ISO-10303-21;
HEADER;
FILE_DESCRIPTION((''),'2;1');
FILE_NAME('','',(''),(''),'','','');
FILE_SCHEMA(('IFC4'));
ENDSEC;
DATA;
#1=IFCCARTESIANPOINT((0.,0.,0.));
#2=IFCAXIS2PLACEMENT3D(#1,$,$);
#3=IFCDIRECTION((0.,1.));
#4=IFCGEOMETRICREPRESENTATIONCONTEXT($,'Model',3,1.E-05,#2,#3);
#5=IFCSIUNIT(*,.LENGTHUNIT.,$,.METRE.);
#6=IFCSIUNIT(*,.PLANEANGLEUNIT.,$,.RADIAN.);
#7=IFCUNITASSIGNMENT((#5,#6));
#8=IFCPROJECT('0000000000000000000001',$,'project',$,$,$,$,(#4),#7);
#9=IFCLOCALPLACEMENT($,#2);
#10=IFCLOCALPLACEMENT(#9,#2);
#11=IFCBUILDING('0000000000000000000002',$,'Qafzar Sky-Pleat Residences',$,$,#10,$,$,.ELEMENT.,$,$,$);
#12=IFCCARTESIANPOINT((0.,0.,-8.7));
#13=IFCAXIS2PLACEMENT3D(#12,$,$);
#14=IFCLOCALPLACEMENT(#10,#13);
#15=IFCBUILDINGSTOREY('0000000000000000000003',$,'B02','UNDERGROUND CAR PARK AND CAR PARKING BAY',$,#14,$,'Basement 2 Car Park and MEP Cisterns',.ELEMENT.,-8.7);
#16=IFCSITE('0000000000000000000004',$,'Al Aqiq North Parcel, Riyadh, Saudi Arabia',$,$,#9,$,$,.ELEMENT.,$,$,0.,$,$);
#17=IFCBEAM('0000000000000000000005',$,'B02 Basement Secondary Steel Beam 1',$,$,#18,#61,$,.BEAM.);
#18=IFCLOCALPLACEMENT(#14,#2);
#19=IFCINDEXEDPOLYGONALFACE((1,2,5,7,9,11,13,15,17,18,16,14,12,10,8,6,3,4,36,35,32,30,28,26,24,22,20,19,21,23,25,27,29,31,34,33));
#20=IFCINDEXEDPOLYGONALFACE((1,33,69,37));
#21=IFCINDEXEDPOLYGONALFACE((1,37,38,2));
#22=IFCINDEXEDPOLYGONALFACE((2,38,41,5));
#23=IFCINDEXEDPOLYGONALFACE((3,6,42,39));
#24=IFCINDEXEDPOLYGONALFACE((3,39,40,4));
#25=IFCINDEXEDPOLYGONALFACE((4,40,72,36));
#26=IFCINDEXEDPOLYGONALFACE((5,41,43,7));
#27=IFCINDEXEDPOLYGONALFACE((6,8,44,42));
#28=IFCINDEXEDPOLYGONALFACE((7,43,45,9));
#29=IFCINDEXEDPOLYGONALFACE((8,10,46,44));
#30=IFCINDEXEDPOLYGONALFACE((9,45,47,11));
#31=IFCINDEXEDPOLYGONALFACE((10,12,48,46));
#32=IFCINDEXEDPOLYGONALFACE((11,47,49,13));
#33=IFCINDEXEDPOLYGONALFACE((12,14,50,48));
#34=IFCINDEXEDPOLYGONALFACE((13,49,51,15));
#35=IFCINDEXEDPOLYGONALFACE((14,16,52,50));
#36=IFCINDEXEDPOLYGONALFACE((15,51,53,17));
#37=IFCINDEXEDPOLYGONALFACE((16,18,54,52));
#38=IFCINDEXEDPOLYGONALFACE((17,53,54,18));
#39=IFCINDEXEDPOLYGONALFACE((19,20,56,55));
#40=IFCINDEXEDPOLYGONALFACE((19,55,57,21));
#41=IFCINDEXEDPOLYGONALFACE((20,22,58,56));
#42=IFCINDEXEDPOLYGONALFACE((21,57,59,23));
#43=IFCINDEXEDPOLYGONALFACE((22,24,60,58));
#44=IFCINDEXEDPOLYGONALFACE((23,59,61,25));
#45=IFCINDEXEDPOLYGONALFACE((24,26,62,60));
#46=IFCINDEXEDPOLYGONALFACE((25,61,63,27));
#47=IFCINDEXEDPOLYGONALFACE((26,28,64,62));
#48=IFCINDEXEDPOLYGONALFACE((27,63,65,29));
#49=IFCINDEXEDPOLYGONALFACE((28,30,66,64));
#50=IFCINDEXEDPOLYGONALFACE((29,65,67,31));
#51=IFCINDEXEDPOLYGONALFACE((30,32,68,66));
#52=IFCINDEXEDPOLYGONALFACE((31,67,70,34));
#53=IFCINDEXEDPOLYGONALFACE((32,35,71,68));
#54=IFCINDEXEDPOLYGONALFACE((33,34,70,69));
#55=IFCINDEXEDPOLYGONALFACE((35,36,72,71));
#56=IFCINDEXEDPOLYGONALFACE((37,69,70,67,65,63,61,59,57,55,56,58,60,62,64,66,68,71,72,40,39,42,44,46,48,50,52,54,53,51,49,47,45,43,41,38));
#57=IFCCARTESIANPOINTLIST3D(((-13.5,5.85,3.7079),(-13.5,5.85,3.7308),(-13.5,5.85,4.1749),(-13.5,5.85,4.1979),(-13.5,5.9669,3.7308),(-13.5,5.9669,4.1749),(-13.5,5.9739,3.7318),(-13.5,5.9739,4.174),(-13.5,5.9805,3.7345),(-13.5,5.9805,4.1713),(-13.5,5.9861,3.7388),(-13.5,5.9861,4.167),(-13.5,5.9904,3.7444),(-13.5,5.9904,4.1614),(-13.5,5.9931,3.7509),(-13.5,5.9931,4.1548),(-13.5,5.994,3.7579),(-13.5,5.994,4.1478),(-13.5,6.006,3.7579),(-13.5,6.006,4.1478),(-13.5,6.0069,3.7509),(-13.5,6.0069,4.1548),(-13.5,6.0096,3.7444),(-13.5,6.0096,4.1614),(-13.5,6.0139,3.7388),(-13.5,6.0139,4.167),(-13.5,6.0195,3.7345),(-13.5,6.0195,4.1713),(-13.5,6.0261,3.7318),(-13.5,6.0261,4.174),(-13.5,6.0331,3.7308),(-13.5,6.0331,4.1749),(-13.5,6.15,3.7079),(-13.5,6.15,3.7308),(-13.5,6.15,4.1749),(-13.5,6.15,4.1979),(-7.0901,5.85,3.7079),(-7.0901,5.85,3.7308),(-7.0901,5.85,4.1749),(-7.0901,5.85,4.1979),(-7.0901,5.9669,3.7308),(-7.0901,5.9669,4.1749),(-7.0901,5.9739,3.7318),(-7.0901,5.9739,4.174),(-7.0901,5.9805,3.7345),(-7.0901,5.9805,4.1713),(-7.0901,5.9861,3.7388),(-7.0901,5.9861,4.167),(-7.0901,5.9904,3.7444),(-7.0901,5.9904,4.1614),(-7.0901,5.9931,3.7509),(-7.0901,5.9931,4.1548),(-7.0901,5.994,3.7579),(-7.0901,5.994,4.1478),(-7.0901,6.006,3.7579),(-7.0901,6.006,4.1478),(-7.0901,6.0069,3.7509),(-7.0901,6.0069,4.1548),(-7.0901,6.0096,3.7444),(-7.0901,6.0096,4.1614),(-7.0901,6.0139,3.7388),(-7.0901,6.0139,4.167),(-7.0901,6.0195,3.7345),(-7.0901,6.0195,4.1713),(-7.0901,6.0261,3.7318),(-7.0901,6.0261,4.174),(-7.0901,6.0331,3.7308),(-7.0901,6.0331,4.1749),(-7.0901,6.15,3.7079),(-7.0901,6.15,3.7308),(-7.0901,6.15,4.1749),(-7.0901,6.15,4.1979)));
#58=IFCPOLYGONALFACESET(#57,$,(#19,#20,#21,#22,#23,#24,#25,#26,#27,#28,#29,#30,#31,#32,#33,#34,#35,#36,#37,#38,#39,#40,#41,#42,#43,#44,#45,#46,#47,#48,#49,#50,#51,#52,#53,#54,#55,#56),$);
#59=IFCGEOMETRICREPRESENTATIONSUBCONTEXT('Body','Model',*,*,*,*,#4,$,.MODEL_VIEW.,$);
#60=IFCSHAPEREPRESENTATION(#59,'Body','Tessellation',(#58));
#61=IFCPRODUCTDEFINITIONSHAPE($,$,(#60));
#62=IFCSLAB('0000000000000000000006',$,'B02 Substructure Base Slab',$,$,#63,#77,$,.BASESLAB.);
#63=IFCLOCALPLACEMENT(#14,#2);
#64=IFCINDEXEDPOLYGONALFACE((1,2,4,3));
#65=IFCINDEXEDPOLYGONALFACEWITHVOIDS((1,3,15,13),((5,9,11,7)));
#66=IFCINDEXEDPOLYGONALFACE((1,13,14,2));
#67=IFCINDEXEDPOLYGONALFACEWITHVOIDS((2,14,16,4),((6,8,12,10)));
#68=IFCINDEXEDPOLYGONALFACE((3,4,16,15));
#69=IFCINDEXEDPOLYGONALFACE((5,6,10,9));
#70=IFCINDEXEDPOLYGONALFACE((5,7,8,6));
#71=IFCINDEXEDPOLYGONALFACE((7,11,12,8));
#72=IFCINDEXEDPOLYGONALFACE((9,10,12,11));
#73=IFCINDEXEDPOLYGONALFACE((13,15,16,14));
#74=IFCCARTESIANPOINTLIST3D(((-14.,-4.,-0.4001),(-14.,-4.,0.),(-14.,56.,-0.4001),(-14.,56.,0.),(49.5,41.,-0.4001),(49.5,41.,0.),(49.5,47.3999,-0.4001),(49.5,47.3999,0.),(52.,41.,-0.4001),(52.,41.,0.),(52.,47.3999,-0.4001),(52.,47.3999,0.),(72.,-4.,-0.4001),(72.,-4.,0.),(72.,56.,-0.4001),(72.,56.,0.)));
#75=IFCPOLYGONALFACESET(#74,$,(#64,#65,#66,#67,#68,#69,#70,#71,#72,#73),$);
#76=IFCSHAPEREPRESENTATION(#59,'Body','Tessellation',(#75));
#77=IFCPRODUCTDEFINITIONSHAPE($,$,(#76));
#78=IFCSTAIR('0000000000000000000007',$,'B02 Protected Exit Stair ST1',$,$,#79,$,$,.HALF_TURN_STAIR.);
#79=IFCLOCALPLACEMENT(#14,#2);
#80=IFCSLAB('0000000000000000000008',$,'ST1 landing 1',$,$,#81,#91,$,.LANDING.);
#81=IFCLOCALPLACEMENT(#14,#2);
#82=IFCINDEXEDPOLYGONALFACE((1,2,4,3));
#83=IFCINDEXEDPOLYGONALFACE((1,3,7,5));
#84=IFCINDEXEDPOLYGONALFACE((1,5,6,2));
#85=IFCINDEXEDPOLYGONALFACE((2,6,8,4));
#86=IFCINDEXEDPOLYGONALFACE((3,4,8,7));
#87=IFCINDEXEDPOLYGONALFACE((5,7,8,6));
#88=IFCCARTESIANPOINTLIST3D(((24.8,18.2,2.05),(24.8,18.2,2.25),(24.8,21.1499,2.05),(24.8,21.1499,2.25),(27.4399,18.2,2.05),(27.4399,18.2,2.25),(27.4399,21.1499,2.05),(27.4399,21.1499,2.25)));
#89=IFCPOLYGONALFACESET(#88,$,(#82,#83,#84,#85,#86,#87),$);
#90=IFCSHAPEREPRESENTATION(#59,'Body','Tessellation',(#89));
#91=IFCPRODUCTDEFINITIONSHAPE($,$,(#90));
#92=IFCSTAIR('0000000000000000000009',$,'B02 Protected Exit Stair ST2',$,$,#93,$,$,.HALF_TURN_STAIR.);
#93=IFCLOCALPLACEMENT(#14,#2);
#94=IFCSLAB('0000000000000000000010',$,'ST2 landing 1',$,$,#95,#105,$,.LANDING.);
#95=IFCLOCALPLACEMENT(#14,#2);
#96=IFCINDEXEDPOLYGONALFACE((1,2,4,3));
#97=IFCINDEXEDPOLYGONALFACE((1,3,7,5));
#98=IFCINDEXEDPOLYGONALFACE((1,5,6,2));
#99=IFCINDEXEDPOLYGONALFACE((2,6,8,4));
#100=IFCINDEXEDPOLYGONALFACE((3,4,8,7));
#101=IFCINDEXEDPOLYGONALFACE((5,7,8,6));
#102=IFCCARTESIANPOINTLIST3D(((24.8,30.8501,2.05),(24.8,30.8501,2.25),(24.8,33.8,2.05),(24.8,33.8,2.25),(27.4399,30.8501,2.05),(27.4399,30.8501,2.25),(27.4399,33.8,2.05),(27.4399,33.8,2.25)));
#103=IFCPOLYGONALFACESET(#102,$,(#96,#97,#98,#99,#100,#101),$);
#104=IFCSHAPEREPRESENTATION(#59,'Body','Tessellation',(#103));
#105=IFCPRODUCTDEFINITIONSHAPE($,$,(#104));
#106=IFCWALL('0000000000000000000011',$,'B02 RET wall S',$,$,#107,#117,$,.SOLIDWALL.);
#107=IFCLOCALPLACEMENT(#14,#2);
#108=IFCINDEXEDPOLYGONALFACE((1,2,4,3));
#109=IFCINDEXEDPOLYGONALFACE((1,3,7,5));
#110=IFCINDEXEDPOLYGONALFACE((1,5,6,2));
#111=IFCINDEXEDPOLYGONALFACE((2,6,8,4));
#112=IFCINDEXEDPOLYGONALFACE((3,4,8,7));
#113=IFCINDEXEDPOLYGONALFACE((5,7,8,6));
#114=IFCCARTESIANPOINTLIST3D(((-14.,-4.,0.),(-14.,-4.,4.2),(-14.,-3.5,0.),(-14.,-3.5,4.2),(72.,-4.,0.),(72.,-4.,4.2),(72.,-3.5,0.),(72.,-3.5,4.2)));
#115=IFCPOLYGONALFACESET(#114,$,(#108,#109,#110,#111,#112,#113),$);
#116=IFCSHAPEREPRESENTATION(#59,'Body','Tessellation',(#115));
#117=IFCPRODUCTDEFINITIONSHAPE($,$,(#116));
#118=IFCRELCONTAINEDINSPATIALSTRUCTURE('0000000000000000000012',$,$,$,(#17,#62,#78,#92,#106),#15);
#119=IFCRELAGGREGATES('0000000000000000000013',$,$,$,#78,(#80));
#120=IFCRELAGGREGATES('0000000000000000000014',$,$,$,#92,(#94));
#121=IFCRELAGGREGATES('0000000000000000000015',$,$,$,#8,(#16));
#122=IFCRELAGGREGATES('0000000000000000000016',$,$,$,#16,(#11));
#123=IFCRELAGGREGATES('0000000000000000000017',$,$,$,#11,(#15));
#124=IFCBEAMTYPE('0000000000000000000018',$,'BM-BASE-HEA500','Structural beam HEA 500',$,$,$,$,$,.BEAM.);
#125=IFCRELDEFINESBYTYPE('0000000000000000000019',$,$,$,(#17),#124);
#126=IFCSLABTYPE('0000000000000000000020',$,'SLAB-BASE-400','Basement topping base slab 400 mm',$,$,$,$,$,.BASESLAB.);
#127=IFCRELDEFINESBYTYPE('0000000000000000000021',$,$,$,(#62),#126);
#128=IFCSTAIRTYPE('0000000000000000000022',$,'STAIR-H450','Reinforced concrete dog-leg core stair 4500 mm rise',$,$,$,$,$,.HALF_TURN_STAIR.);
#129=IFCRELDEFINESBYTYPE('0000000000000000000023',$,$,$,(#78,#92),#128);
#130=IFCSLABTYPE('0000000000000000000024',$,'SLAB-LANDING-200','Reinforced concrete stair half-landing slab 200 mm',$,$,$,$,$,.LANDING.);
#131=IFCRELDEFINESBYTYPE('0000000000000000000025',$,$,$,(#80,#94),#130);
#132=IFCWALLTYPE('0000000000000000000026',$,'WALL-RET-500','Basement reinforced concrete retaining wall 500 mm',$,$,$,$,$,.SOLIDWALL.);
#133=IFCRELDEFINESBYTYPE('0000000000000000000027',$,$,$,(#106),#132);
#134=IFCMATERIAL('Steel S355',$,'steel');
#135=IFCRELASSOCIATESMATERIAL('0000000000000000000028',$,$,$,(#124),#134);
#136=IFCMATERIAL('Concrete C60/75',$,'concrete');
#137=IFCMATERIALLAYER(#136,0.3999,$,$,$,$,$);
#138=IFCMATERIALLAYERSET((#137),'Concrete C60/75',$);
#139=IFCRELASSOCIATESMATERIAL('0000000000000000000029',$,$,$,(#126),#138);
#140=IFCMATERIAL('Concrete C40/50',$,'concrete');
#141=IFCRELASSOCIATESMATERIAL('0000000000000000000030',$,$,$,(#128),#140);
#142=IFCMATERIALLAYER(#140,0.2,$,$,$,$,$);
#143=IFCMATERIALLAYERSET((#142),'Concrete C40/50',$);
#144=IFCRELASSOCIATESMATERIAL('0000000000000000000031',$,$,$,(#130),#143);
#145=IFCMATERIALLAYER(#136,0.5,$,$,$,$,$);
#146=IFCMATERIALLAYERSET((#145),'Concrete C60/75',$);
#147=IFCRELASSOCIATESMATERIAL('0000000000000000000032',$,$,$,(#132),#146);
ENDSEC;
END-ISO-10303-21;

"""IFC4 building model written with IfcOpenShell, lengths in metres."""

from ifc_helpers import new_model, si_unit, direction, frame, frame_2d, origin, origin_2d, place, context, subcontext, project, spatial, polyline, rectangle, i_section, outline, extrude, source, transform, mapped, material, layer, layer_set, material_profile, profile_set, type_object, element, aggregate, save


model = new_model("IFC4")

# Units and contexts
model_context = context("Model", 3, precision=1e-05, world=origin(), true_north=direction((0.0, 1.0)))
body_context = subcontext(model_context, "Body", "Model", "MODEL_VIEW")
ifc_project = project(units=[si_unit("LENGTHUNIT", "METRE"), si_unit("PLANEANGLEUNIT", "RADIAN")], contexts=[model_context])

# Site, building, storey
site_placement = place(None, origin())
site = spatial("IfcSite", under=ifc_project, at=site_placement, Name="Al Aqiq North Parcel, Riyadh, Saudi Arabia", CompositionType="ELEMENT", RefElevation=0.0)
building_placement = place(site_placement, origin())
building = spatial("IfcBuilding", under=site, at=building_placement, Name="Qafzar Sky-Pleat Residences", CompositionType="ELEMENT")
storey_placement = place(building_placement, frame((0.0, 0.0, -8.7)))
storey = spatial("IfcBuildingStorey", under=building, at=storey_placement, Name="B02", Description="UNDERGROUND CAR PARK AND CAR PARKING BAY", LongName="Basement 2 Car Park and MEP Cisterns", CompositionType="ELEMENT", Elevation=-8.7)

# Shared definitions
ifc_material_1 = material(Name="Concrete C60/75", Category="concrete")

# Shared definitions
ifc_material_2 = material(Name="Steel S355", Category="steel")

# Beam
ifc_material_profile_1 = material_profile(ifc_material_2, i_section(OverallWidth=0.3, OverallDepth=0.49, WebThickness=0.012, FlangeThickness=0.0229, FilletRadius=0.0271, at=origin_2d()), Name="HEA 500")
ifc_profile_set_1 = profile_set([ifc_material_profile_1], Name="Steel S355")
beam_type_1 = type_object("IfcBeamType", Name="BM-BASE-HEA500", Description="Structural beam HEA 500", PredefinedType="BEAM", material=ifc_profile_set_1)
shared_shape_1 = source(origin(), body_context, "Body", "SweptSolid", [
    extrude(i_section(OverallWidth=0.3, OverallDepth=0.49, WebThickness=0.012, FlangeThickness=0.0229, FilletRadius=0.0271, at=origin_2d()), origin(), (0.0, 0.0, 1.0), 6.4099),
])
beam_1_placement = place(storey_placement, frame((-13.5, 6.0, 3.9529), z_axis=(1.0, 0.0, 0.0), x_axis=(0.0, 1.0, 0.0)))
element("IfcBeam", 1, at=beam_1_placement, inside=storey, type_object=beam_type_1, Name="B02 Basement Secondary Steel Beam 1", PredefinedType="BEAM", context=body_context, shape_type="MappedRepresentation", body=[
    mapped(shared_shape_1, transform((0.0, 0.0, 0.0), x_axis=(1.0, 0.0, 0.0), y_axis=(0.0, 1.0, 0.0), z_axis=(0.0, 0.0, 1.0), scale=1.0)),
])

# Slab
ifc_layer_1 = layer(ifc_material_1, 0.3999)
ifc_layer_set_1 = layer_set([ifc_layer_1], Name="Concrete C60/75")
slab_type_1 = type_object("IfcSlabType", Name="SLAB-BASE-400", Description="Basement topping base slab 400 mm", PredefinedType="BASESLAB", material=ifc_layer_set_1)
slab_1_placement = place(storey_placement, frame((0.0, 0.0, -0.4001)))
element("IfcSlab", 2, at=slab_1_placement, inside=storey, type_object=slab_type_1, Name="B02 Substructure Base Slab", PredefinedType="BASESLAB", context=body_context, shape_type="SweptSolid", body=[
    extrude(outline(polyline([(-14.0, -4.0), (72.0, -4.0), (72.0, 56.0), (-14.0, 56.0), (-14.0, -4.0)]), holes=[polyline([(49.5, 41.0), (52.0, 41.0), (52.0, 47.3999), (49.5, 47.3999), (49.5, 41.0)])]), origin(), (0.0, 0.0, 1.0), 0.4001),
])

# Stairs, slabs
ifc_material_3 = material(Name="Concrete C40/50", Category="concrete")
stair_type = type_object("IfcStairType", Name="STAIR-H450", Description="Reinforced concrete dog-leg core stair 4500 mm rise", PredefinedType="HALF_TURN_STAIR", material=ifc_material_3)
stair_1_placement = place(storey_placement, origin())
stair_1 = element("IfcStair", 3, at=stair_1_placement, inside=storey, type_object=stair_type, Name="B02 Protected Exit Stair ST1", PredefinedType="HALF_TURN_STAIR")
ifc_layer_2 = layer(ifc_material_3, 0.2)
ifc_layer_set_2 = layer_set([ifc_layer_2], Name="Concrete C40/50")
slab_type_2 = type_object("IfcSlabType", Name="SLAB-LANDING-200", Description="Reinforced concrete stair half-landing slab 200 mm", PredefinedType="LANDING", material=ifc_layer_set_2)
slab_2_placement = place(storey_placement, frame((0.0, 0.0, 2.05)))
slab_2 = element("IfcSlab", 4, at=slab_2_placement, type_object=slab_type_2, Name="ST1 landing 1", PredefinedType="LANDING", context=body_context, shape_type="SweptSolid", body=[
    extrude(outline(polyline([(27.4399, 21.1499), (24.8, 21.1499), (24.8, 18.2), (27.4399, 18.2), (27.4399, 21.1499)])), origin(), (0.0, 0.0, 1.0), 0.2),
])
aggregate(stair_1, [slab_2])
stair_2_placement = place(storey_placement, origin())
stair_2 = element("IfcStair", 5, at=stair_2_placement, inside=storey, type_object=stair_type, Name="B02 Protected Exit Stair ST2", PredefinedType="HALF_TURN_STAIR")
slab_3_placement = place(storey_placement, frame((0.0, 0.0, 2.05)))
slab_3 = element("IfcSlab", 6, at=slab_3_placement, type_object=slab_type_2, Name="ST2 landing 1", PredefinedType="LANDING", context=body_context, shape_type="SweptSolid", body=[
    extrude(outline(polyline([(27.4399, 33.8), (24.8, 33.8), (24.8, 30.8501), (27.4399, 30.8501), (27.4399, 33.8)])), origin(), (0.0, 0.0, 1.0), 0.2),
])
aggregate(stair_2, [slab_3])

# Wall
ifc_layer_3 = layer(ifc_material_1, 0.5)
ifc_layer_set_3 = layer_set([ifc_layer_3], Name="Concrete C60/75")
wall_type = type_object("IfcWallType", Name="WALL-RET-500", Description="Basement reinforced concrete retaining wall 500 mm", PredefinedType="SOLIDWALL", material=ifc_layer_set_3)
wall_placement = place(storey_placement, frame((-14.0, -3.75, 0.0), z_axis=(0.0, 0.0, 1.0), x_axis=(1.0, 0.0, 0.0)))
element("IfcWall", 7, at=wall_placement, inside=storey, type_object=wall_type, Name="B02 RET wall S", PredefinedType="SOLIDWALL", context=body_context, shape_type="SweptSolid", body=[
    extrude(rectangle(XDim=86.0, YDim=0.5, at=frame_2d((43.0, 0.0))), origin(), (0.0, 0.0, 1.0), 4.2),
])

save(model, "model.ifc")
